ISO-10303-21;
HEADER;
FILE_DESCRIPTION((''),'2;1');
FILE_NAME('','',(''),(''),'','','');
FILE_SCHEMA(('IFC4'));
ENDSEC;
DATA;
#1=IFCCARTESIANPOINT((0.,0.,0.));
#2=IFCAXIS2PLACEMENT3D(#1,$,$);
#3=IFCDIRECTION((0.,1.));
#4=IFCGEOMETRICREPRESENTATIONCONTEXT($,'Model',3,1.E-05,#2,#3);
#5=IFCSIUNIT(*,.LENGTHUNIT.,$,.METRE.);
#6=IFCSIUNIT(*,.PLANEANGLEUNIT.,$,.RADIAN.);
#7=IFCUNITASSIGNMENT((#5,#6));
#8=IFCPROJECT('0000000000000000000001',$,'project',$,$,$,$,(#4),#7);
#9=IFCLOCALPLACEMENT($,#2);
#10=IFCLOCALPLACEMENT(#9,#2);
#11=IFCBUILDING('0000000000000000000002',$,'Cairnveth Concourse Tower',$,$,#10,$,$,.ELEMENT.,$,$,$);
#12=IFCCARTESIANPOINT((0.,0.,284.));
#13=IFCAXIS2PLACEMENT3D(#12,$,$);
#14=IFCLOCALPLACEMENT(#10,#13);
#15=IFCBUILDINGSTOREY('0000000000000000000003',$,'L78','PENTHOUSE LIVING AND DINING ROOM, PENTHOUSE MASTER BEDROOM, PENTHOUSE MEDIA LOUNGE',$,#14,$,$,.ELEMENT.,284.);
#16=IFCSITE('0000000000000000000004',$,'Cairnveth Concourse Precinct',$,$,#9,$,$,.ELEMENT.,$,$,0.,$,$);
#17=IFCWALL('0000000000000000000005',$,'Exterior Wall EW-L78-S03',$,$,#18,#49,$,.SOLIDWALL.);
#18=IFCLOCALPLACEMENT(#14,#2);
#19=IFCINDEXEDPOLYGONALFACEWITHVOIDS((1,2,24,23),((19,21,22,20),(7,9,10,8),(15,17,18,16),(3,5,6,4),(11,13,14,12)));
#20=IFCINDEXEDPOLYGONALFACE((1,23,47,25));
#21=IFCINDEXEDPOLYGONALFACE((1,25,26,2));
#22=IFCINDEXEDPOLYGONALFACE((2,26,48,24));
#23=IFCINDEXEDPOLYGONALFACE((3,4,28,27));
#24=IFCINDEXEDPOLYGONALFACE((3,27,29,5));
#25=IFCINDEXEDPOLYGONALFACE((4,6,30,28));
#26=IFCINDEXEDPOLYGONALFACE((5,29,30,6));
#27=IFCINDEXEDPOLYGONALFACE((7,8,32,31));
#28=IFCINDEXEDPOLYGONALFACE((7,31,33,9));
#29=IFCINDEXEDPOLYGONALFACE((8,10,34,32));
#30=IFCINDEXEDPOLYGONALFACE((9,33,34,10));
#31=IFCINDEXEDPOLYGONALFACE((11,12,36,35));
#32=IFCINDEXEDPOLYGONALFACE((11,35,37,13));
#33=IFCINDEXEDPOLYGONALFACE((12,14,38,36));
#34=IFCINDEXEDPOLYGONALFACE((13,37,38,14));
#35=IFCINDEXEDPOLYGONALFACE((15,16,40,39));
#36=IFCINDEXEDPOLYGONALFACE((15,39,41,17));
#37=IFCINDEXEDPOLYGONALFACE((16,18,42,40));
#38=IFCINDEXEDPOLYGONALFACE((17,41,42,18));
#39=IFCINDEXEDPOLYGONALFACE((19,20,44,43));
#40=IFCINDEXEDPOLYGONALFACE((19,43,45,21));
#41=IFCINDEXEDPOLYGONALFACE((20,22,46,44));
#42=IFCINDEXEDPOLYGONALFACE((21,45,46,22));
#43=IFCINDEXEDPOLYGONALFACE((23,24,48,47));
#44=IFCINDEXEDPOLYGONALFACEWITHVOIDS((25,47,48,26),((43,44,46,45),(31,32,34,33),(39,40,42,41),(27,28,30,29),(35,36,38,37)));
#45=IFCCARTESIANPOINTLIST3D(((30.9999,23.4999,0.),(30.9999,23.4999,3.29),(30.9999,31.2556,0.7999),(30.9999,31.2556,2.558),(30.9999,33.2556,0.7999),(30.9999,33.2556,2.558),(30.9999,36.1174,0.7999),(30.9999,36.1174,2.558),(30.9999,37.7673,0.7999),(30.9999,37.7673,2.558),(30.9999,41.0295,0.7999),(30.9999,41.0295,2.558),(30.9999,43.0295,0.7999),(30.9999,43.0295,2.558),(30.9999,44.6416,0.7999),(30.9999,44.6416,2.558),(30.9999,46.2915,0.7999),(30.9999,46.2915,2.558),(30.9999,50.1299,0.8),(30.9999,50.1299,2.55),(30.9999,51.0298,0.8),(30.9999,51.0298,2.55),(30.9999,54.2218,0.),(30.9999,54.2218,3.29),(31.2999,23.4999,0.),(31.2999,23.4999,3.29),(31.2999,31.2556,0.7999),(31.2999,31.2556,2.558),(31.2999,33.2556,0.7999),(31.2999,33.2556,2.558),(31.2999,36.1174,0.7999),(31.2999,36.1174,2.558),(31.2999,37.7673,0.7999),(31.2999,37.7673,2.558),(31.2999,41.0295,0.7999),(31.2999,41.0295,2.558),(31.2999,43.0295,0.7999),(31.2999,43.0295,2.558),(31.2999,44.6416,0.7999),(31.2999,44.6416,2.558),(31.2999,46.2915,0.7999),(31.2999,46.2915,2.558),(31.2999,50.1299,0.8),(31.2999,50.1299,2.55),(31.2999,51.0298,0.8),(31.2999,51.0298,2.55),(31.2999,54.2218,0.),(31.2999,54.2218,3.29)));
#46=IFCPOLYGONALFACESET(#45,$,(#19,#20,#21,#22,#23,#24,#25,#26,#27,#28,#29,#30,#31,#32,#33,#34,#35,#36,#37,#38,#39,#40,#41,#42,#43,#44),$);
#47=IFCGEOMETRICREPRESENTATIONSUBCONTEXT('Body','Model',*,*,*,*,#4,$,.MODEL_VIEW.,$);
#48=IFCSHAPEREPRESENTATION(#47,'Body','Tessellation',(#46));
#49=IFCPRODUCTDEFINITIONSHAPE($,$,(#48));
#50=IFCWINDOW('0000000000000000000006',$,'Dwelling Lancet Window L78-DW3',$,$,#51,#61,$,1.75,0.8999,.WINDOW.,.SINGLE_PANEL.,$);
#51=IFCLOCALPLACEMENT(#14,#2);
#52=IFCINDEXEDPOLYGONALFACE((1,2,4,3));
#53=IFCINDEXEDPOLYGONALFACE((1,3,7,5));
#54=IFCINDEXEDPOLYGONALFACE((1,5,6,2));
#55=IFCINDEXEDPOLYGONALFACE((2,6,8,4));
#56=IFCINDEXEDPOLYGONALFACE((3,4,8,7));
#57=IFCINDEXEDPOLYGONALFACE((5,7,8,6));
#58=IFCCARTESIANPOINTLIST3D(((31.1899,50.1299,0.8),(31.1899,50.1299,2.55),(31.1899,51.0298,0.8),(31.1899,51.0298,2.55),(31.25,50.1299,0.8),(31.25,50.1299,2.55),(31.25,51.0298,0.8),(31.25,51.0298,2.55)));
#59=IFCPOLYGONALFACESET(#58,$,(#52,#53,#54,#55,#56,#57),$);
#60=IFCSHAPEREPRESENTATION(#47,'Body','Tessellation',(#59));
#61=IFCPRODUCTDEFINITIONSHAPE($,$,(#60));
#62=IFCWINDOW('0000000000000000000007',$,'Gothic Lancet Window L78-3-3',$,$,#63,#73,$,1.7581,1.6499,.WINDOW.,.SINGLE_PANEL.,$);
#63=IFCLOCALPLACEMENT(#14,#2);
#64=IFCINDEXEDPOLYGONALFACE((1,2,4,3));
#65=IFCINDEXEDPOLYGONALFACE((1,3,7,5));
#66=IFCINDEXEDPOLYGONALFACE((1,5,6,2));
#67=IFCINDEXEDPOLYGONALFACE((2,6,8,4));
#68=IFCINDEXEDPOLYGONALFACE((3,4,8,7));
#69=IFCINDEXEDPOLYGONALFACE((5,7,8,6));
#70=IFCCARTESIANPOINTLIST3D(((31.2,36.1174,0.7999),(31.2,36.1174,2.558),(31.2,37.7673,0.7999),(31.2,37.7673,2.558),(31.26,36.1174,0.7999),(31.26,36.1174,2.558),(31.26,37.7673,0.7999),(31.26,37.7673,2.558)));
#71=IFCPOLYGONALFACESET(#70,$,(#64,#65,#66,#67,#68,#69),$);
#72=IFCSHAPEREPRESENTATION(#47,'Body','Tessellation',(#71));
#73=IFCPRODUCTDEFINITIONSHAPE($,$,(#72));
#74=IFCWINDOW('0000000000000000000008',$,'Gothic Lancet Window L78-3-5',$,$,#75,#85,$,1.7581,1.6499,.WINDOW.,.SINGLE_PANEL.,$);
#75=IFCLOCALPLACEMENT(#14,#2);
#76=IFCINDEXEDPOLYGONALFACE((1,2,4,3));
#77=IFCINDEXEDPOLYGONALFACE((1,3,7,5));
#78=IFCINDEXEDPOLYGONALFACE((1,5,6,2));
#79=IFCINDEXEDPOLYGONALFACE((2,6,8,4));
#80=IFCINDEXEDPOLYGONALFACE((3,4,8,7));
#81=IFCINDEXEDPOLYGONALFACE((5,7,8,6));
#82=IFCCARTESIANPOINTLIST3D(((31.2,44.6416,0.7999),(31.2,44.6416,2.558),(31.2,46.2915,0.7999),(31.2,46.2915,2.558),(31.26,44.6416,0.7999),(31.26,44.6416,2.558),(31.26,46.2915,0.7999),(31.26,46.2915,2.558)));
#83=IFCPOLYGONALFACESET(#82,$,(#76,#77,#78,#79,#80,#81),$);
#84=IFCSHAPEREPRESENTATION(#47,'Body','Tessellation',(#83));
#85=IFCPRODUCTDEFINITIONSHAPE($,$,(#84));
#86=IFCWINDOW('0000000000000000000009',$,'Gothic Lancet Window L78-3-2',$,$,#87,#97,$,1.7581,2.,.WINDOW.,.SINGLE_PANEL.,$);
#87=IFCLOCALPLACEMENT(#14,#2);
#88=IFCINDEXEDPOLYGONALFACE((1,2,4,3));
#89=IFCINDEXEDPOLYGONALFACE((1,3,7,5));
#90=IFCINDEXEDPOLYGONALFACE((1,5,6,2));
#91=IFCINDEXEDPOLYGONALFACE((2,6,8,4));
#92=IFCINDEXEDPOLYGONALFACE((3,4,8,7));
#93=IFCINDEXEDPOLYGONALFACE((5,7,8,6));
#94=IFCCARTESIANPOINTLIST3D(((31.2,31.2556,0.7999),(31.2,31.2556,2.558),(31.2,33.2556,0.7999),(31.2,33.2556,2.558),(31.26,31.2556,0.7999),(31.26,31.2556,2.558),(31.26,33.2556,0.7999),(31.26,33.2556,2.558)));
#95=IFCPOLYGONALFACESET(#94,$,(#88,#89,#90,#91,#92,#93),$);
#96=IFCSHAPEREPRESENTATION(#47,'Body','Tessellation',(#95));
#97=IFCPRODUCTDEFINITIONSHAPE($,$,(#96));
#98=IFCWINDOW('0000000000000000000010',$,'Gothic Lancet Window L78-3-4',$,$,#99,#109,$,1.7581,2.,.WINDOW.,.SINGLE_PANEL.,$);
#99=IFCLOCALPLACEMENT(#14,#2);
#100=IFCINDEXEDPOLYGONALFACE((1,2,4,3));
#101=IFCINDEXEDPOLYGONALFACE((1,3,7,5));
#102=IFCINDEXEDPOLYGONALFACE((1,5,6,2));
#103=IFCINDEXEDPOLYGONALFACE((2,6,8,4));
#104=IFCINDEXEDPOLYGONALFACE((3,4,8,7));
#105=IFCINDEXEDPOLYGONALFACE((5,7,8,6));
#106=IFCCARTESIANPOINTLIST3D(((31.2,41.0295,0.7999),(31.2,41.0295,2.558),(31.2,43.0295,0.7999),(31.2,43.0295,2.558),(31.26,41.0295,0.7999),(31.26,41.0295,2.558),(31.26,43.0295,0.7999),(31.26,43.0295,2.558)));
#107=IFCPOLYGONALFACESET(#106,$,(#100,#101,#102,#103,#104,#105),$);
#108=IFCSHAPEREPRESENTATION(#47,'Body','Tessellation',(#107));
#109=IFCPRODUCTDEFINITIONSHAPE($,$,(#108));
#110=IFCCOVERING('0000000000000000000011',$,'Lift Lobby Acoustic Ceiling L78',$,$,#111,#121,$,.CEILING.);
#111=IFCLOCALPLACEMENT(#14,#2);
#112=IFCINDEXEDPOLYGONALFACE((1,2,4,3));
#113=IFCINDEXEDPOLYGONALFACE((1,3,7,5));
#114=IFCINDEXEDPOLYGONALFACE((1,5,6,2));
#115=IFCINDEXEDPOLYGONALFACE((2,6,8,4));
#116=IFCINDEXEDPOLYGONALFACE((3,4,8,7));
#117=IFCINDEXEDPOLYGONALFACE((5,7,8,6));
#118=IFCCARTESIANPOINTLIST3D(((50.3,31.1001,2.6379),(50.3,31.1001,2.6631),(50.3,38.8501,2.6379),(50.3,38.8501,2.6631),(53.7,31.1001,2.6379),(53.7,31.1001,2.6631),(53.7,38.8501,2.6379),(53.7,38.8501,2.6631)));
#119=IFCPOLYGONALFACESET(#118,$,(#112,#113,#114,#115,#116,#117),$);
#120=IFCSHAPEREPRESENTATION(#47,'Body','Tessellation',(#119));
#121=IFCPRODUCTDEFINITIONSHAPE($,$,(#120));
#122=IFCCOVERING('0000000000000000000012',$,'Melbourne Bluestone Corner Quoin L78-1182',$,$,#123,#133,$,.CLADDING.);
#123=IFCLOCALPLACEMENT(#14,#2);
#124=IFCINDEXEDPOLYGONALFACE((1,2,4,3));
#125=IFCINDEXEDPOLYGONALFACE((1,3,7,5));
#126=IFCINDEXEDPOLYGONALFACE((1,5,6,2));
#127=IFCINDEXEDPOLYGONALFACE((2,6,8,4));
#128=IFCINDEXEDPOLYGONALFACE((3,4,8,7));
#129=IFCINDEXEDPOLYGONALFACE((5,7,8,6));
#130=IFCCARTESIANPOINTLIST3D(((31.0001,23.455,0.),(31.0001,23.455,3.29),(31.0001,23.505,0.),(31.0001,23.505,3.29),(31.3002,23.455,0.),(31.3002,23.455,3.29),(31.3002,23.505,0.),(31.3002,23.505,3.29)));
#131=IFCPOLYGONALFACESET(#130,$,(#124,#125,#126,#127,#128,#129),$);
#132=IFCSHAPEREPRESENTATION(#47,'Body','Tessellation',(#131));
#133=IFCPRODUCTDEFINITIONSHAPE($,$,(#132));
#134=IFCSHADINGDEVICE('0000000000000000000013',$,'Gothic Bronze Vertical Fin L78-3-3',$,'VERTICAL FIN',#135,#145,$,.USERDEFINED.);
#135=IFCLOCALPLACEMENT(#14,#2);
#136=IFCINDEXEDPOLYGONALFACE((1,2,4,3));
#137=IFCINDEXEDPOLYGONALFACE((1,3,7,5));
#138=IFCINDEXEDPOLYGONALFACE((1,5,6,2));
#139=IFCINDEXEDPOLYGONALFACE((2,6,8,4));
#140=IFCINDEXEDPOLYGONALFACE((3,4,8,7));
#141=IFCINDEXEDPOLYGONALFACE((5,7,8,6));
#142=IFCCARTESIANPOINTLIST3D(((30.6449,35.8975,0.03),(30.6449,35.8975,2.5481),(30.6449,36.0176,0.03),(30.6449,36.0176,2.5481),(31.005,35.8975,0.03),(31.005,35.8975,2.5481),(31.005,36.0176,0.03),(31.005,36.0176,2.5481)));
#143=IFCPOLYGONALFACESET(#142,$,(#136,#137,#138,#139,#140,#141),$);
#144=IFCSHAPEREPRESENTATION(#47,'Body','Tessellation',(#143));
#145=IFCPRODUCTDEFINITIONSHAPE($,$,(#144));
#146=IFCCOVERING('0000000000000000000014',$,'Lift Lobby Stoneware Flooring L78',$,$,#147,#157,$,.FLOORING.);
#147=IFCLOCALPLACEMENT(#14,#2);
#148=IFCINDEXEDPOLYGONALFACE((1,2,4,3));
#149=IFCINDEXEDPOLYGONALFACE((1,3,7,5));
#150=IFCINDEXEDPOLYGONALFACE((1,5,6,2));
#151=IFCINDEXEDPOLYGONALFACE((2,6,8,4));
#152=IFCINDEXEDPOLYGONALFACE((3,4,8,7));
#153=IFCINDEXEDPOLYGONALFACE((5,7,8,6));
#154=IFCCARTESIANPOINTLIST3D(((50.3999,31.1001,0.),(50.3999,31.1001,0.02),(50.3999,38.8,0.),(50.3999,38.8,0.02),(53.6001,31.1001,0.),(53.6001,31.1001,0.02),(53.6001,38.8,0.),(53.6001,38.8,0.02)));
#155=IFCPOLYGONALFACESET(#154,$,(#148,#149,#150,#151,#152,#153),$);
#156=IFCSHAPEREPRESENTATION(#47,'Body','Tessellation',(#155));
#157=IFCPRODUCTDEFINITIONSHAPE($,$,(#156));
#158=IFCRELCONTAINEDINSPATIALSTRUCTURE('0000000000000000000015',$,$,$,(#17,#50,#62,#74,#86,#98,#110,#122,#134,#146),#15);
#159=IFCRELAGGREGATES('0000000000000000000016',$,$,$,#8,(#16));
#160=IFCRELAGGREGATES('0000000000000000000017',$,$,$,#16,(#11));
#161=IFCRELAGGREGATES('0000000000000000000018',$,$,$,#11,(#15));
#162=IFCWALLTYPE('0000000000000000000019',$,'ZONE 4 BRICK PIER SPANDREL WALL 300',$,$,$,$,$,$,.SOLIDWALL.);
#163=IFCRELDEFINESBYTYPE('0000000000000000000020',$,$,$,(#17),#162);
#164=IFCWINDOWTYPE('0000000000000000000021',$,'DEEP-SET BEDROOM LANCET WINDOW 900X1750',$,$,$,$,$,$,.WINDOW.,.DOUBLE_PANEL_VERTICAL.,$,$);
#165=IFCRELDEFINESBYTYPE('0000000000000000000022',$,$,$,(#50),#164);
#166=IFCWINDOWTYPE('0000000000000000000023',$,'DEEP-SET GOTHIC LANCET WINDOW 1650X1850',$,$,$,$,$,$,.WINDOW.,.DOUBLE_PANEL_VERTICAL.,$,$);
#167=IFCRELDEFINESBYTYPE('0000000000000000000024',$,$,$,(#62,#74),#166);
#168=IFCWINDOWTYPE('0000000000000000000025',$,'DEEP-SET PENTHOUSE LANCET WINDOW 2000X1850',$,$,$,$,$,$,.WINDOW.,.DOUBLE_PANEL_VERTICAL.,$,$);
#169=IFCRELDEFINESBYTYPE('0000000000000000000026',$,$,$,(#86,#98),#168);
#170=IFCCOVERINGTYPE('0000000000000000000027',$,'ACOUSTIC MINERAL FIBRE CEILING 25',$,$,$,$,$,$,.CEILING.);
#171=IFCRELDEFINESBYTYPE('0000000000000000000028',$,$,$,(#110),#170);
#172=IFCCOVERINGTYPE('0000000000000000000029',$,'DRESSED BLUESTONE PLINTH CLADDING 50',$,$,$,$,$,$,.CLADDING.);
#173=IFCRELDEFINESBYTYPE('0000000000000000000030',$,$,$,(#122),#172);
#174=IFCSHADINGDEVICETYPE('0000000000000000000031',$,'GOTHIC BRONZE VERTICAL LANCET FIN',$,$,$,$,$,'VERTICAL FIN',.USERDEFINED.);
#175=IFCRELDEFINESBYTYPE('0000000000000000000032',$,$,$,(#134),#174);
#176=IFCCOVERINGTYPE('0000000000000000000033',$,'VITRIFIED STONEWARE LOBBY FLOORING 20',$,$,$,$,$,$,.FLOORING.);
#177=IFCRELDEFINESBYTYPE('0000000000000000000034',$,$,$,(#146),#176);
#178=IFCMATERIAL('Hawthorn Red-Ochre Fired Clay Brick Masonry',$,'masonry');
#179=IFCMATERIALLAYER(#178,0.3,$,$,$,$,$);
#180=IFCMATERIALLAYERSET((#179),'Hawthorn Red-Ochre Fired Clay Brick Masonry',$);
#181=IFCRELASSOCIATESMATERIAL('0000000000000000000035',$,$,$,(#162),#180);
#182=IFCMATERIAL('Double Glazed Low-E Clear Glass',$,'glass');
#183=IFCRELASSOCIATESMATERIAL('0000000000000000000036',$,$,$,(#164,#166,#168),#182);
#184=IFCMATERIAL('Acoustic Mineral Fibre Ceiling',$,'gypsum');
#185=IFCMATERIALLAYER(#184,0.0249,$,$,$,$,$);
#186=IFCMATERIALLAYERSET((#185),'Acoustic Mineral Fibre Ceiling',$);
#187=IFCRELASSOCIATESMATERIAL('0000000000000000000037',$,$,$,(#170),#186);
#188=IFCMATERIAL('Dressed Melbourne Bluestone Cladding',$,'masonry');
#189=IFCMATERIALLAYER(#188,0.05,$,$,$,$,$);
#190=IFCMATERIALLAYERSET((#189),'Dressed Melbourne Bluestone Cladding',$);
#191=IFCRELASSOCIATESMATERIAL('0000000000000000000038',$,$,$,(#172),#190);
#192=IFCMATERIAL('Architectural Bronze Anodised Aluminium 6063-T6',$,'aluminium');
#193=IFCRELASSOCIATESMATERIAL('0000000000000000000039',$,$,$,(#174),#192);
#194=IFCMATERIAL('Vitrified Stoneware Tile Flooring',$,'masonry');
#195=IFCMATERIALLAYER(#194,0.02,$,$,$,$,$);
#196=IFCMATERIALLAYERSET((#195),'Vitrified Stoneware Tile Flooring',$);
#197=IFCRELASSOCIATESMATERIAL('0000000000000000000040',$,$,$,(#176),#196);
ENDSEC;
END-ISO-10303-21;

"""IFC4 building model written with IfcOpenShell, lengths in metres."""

from ifc_helpers import new_model, si_unit, direction, frame, frame_2d, origin, origin_2d, place, context, subcontext, project, spatial, polyline, rectangle, outline, extrude, material, layer, layer_set, type_object, element, fill, save


model = new_model("IFC4")

# Units and contexts
model_context = context("Model", 3, precision=1e-05, world=origin(), true_north=direction((0.0, 1.0)))
body_context = subcontext(model_context, "Body", "Model", "MODEL_VIEW")
ifc_project = project(units=[si_unit("LENGTHUNIT", "METRE"), si_unit("PLANEANGLEUNIT", "RADIAN")], contexts=[model_context])

# Site, building, storey
site_placement = place(None, origin())
site = spatial("IfcSite", under=ifc_project, at=site_placement, Name="Cairnveth Concourse Precinct", CompositionType="ELEMENT", RefElevation=0.0)
building_placement = place(site_placement, origin())
building = spatial("IfcBuilding", under=site, at=building_placement, Name="Cairnveth Concourse Tower", CompositionType="ELEMENT")
storey_placement = place(building_placement, frame((0.0, 0.0, 284.0)))
storey = spatial("IfcBuildingStorey", under=building, at=storey_placement, Name="L78", Description="PENTHOUSE LIVING AND DINING ROOM, PENTHOUSE MASTER BEDROOM, PENTHOUSE MEDIA LOUNGE", CompositionType="ELEMENT", Elevation=284.0)

# Wall, openings, windows
ifc_material_1 = material(Name="Hawthorn Red-Ochre Fired Clay Brick Masonry", Category="masonry")
ifc_layer_1 = layer(ifc_material_1, 0.3)
ifc_layer_set_1 = layer_set([ifc_layer_1], Name="Hawthorn Red-Ochre Fired Clay Brick Masonry")
wall_type_1 = type_object("IfcWallType", Name="ZONE 4 BRICK PIER SPANDREL WALL 300", PredefinedType="SOLIDWALL", material=ifc_layer_set_1)
wall_1_placement = place(storey_placement, frame((31.1499, 23.5, 0.0), z_axis=(0.0, 0.0, 1.0), x_axis=(0.0, 1.0, 0.0)))
wall_1 = element("IfcWall", 1, at=wall_1_placement, inside=storey, type_object=wall_type_1, Name="Exterior Wall EW-L78-S03", PredefinedType="SOLIDWALL", context=body_context, shape_type="SweptSolid", body=[
    extrude(rectangle(XDim=30.7219, YDim=0.3, at=frame_2d((15.3608, 0.0))), origin(), (0.0, 0.0, 1.0), 3.29),
])
opening_1_placement = place(wall_1_placement, frame((7.7556, 0.0, 0.8)))
opening_1 = element("IfcOpeningElement", 2, at=opening_1_placement, cuts=wall_1, PredefinedType="OPENING", context=body_context, shape_type="SweptSolid", body=[
    extrude(rectangle(XDim=2.0, YDim=1.7581, at=frame_2d((1.0, 0.8789))), frame((0.0, 0.1599, 0.0), z_axis=(0.0, -1.0, 0.0), x_axis=(1.0, 0.0, 0.0)), (0.0, 0.0, 1.0), 0.3201),
])
opening_2_placement = place(wall_1_placement, frame((12.6174, 0.0, 0.8)))
opening_2 = element("IfcOpeningElement", 3, at=opening_2_placement, cuts=wall_1, PredefinedType="OPENING", context=body_context, shape_type="SweptSolid", body=[
    extrude(rectangle(XDim=1.6499, YDim=1.7581, at=frame_2d((0.825, 0.8789))), frame((0.0, 0.1599, 0.0), z_axis=(0.0, -1.0, 0.0), x_axis=(1.0, 0.0, 0.0)), (0.0, 0.0, 1.0), 0.3201),
])
opening_3_placement = place(wall_1_placement, frame((17.5295, 0.0, 0.8)))
opening_3 = element("IfcOpeningElement", 4, at=opening_3_placement, cuts=wall_1, PredefinedType="OPENING", context=body_context, shape_type="SweptSolid", body=[
    extrude(rectangle(XDim=2.0, YDim=1.7581, at=frame_2d((1.0, 0.8789))), frame((0.0, 0.1599, 0.0), z_axis=(0.0, -1.0, 0.0), x_axis=(1.0, 0.0, 0.0)), (0.0, 0.0, 1.0), 0.3201),
])
opening_4_placement = place(wall_1_placement, frame((21.1416, 0.0, 0.8)))
opening_4 = element("IfcOpeningElement", 5, at=opening_4_placement, cuts=wall_1, PredefinedType="OPENING", context=body_context, shape_type="SweptSolid", body=[
    extrude(rectangle(XDim=1.6499, YDim=1.7581, at=frame_2d((0.825, 0.8789))), frame((0.0, 0.1599, 0.0), z_axis=(0.0, -1.0, 0.0), x_axis=(1.0, 0.0, 0.0)), (0.0, 0.0, 1.0), 0.3201),
])
opening_5_placement = place(wall_1_placement, frame((26.6299, 0.0, 0.8)))
opening_5 = element("IfcOpeningElement", 6, at=opening_5_placement, cuts=wall_1, PredefinedType="OPENING", context=body_context, shape_type="SweptSolid", body=[
    extrude(rectangle(XDim=0.8999, YDim=1.75, at=frame_2d((0.45, 0.875))), frame((0.0, 0.1599, 0.0), z_axis=(0.0, -1.0, 0.0), x_axis=(1.0, 0.0, 0.0)), (0.0, 0.0, 1.0), 0.3201),
])
ifc_material_2 = material(Name="Double Glazed Low-E Clear Glass", Category="glass")
window_type_1 = type_object("IfcWindowType", Name="DEEP-SET BEDROOM LANCET WINDOW 900X1750", PartitioningType="DOUBLE_PANEL_VERTICAL", PredefinedType="WINDOW", material=ifc_material_2)
window_1_placement = place(opening_5_placement, origin())
window_1 = element("IfcWindow", 7, at=window_1_placement, inside=storey, type_object=window_type_1, Name="Dwelling Lancet Window L78-DW3", OverallHeight=1.75, OverallWidth=0.8999, PartitioningType="SINGLE_PANEL", PredefinedType="WINDOW", context=body_context, shape_type="SweptSolid", body=[
    extrude(rectangle(XDim=0.8999, YDim=1.75, at=frame_2d((0.45, 0.875))), frame((0.0, -0.04, 0.0), z_axis=(0.0, -1.0, 0.0), x_axis=(1.0, 0.0, 0.0)), (0.0, 0.0, 1.0), 0.0601),
])
fill(opening_5, window_1)
window_type_2 = type_object("IfcWindowType", Name="DEEP-SET GOTHIC LANCET WINDOW 1650X1850", PartitioningType="DOUBLE_PANEL_VERTICAL", PredefinedType="WINDOW", material=ifc_material_2)
window_2_placement = place(opening_2_placement, origin())
window_2 = element("IfcWindow", 8, at=window_2_placement, inside=storey, type_object=window_type_2, Name="Gothic Lancet Window L78-3-3", OverallHeight=1.7581, OverallWidth=1.6499, PartitioningType="SINGLE_PANEL", PredefinedType="WINDOW", context=body_context, shape_type="SweptSolid", body=[
    extrude(rectangle(XDim=1.6499, YDim=1.7581, at=frame_2d((0.825, 0.8789))), frame((0.0, -0.05, 0.0), z_axis=(0.0, -1.0, 0.0), x_axis=(1.0, 0.0, 0.0)), (0.0, 0.0, 1.0), 0.0601),
])
fill(opening_2, window_2)
window_3_placement = place(opening_4_placement, origin())
window_3 = element("IfcWindow", 9, at=window_3_placement, inside=storey, type_object=window_type_2, Name="Gothic Lancet Window L78-3-5", OverallHeight=1.7581, OverallWidth=1.6499, PartitioningType="SINGLE_PANEL", PredefinedType="WINDOW", context=body_context, shape_type="SweptSolid", body=[
    extrude(rectangle(XDim=1.6499, YDim=1.7581, at=frame_2d((0.825, 0.8789))), frame((0.0, -0.05, 0.0), z_axis=(0.0, -1.0, 0.0), x_axis=(1.0, 0.0, 0.0)), (0.0, 0.0, 1.0), 0.0601),
])
fill(opening_4, window_3)
window_type_3 = type_object("IfcWindowType", Name="DEEP-SET PENTHOUSE LANCET WINDOW 2000X1850", PartitioningType="DOUBLE_PANEL_VERTICAL", PredefinedType="WINDOW", material=ifc_material_2)
window_4_placement = place(opening_1_placement, origin())
window_4 = element("IfcWindow", 10, at=window_4_placement, inside=storey, type_object=window_type_3, Name="Gothic Lancet Window L78-3-2", OverallHeight=1.7581, OverallWidth=2.0, PartitioningType="SINGLE_PANEL", PredefinedType="WINDOW", context=body_context, shape_type="SweptSolid", body=[
    extrude(rectangle(XDim=2.0, YDim=1.7581, at=frame_2d((1.0, 0.8789))), frame((0.0, -0.05, 0.0), z_axis=(0.0, -1.0, 0.0), x_axis=(1.0, 0.0, 0.0)), (0.0, 0.0, 1.0), 0.0601),
])
fill(opening_1, window_4)
window_5_placement = place(opening_3_placement, origin())
window_5 = element("IfcWindow", 11, at=window_5_placement, inside=storey, type_object=window_type_3, Name="Gothic Lancet Window L78-3-4", OverallHeight=1.7581, OverallWidth=2.0, PartitioningType="SINGLE_PANEL", PredefinedType="WINDOW", context=body_context, shape_type="SweptSolid", body=[
    extrude(rectangle(XDim=2.0, YDim=1.7581, at=frame_2d((1.0, 0.8789))), frame((0.0, -0.05, 0.0), z_axis=(0.0, -1.0, 0.0), x_axis=(1.0, 0.0, 0.0)), (0.0, 0.0, 1.0), 0.0601),
])
fill(opening_3, window_5)

# Coverings
ifc_material_3 = material(Name="Acoustic Mineral Fibre Ceiling", Category="gypsum")
ifc_layer_2 = layer(ifc_material_3, 0.0249)
ifc_layer_set_2 = layer_set([ifc_layer_2], Name="Acoustic Mineral Fibre Ceiling")
covering_type_1 = type_object("IfcCoveringType", Name="ACOUSTIC MINERAL FIBRE CEILING 25", PredefinedType="CEILING", material=ifc_layer_set_2)
covering_1_placement = place(storey_placement, frame((0.0, 0.0, 2.6379)))
element("IfcCovering", 12, at=covering_1_placement, inside=storey, type_object=covering_type_1, Name="Lift Lobby Acoustic Ceiling L78", PredefinedType="CEILING", context=body_context, shape_type="SweptSolid", body=[
    extrude(outline(polyline([(50.3, 31.1001), (53.7, 31.1001), (53.7, 38.8501), (50.3, 38.8501), (50.3, 31.1001)])), origin(), (0.0, 0.0, 1.0), 0.0251),
])
ifc_material_4 = material(Name="Dressed Melbourne Bluestone Cladding", Category="masonry")
ifc_layer_3 = layer(ifc_material_4, 0.05)
ifc_layer_set_3 = layer_set([ifc_layer_3], Name="Dressed Melbourne Bluestone Cladding")
covering_type_2 = type_object("IfcCoveringType", Name="DRESSED BLUESTONE PLINTH CLADDING 50", PredefinedType="CLADDING", material=ifc_layer_set_3)
covering_2_placement = place(storey_placement, frame((31.3, 23.48, 0.0), z_axis=(0.0, 0.0, 1.0), x_axis=(-1.0, 0.0, 0.0)))
element("IfcCovering", 13, at=covering_2_placement, inside=storey, type_object=covering_type_2, Name="Melbourne Bluestone Corner Quoin L78-1182", PredefinedType="CLADDING", context=body_context, shape_type="SweptSolid", body=[
    extrude(rectangle(XDim=0.3, YDim=0.05, at=frame_2d((0.1499, 0.0))), origin(), (0.0, 0.0, 1.0), 3.29),
])

# Shading device
ifc_material_5 = material(Name="Architectural Bronze Anodised Aluminium 6063-T6", Category="aluminium")
shading_device_type = type_object("IfcShadingDeviceType", Name="GOTHIC BRONZE VERTICAL LANCET FIN", ElementType="VERTICAL FIN", PredefinedType="USERDEFINED", material=ifc_material_5)
shading_device_placement = place(storey_placement, frame((30.825, 35.9575, 0.03), z_axis=(0.0, 0.0, 1.0), x_axis=(0.0, 1.0, 0.0)))
element("IfcShadingDevice", 14, at=shading_device_placement, inside=storey, type_object=shading_device_type, Name="Gothic Bronze Vertical Fin L78-3-3", ObjectType="VERTICAL FIN", PredefinedType="USERDEFINED", context=body_context, shape_type="SweptSolid", body=[
    extrude(rectangle(XDim=0.1201, YDim=0.3601, at=origin_2d()), origin(), (0.0, 0.0, 1.0), 2.5181),
])

# Covering
ifc_material_6 = material(Name="Vitrified Stoneware Tile Flooring", Category="masonry")
ifc_layer_4 = layer(ifc_material_6, 0.02)
ifc_layer_set_4 = layer_set([ifc_layer_4], Name="Vitrified Stoneware Tile Flooring")
covering_type_3 = type_object("IfcCoveringType", Name="VITRIFIED STONEWARE LOBBY FLOORING 20", PredefinedType="FLOORING", material=ifc_layer_set_4)
covering_3_placement = place(storey_placement, origin())
element("IfcCovering", 15, at=covering_3_placement, inside=storey, type_object=covering_type_3, Name="Lift Lobby Stoneware Flooring L78", PredefinedType="FLOORING", context=body_context, shape_type="SweptSolid", body=[
    extrude(outline(polyline([(50.3999, 31.1001), (53.6001, 31.1001), (53.6001, 38.8), (50.3999, 38.8), (50.3999, 31.1001)])), origin(), (0.0, 0.0, 1.0), 0.02),
])

save(model, "model.ifc")
